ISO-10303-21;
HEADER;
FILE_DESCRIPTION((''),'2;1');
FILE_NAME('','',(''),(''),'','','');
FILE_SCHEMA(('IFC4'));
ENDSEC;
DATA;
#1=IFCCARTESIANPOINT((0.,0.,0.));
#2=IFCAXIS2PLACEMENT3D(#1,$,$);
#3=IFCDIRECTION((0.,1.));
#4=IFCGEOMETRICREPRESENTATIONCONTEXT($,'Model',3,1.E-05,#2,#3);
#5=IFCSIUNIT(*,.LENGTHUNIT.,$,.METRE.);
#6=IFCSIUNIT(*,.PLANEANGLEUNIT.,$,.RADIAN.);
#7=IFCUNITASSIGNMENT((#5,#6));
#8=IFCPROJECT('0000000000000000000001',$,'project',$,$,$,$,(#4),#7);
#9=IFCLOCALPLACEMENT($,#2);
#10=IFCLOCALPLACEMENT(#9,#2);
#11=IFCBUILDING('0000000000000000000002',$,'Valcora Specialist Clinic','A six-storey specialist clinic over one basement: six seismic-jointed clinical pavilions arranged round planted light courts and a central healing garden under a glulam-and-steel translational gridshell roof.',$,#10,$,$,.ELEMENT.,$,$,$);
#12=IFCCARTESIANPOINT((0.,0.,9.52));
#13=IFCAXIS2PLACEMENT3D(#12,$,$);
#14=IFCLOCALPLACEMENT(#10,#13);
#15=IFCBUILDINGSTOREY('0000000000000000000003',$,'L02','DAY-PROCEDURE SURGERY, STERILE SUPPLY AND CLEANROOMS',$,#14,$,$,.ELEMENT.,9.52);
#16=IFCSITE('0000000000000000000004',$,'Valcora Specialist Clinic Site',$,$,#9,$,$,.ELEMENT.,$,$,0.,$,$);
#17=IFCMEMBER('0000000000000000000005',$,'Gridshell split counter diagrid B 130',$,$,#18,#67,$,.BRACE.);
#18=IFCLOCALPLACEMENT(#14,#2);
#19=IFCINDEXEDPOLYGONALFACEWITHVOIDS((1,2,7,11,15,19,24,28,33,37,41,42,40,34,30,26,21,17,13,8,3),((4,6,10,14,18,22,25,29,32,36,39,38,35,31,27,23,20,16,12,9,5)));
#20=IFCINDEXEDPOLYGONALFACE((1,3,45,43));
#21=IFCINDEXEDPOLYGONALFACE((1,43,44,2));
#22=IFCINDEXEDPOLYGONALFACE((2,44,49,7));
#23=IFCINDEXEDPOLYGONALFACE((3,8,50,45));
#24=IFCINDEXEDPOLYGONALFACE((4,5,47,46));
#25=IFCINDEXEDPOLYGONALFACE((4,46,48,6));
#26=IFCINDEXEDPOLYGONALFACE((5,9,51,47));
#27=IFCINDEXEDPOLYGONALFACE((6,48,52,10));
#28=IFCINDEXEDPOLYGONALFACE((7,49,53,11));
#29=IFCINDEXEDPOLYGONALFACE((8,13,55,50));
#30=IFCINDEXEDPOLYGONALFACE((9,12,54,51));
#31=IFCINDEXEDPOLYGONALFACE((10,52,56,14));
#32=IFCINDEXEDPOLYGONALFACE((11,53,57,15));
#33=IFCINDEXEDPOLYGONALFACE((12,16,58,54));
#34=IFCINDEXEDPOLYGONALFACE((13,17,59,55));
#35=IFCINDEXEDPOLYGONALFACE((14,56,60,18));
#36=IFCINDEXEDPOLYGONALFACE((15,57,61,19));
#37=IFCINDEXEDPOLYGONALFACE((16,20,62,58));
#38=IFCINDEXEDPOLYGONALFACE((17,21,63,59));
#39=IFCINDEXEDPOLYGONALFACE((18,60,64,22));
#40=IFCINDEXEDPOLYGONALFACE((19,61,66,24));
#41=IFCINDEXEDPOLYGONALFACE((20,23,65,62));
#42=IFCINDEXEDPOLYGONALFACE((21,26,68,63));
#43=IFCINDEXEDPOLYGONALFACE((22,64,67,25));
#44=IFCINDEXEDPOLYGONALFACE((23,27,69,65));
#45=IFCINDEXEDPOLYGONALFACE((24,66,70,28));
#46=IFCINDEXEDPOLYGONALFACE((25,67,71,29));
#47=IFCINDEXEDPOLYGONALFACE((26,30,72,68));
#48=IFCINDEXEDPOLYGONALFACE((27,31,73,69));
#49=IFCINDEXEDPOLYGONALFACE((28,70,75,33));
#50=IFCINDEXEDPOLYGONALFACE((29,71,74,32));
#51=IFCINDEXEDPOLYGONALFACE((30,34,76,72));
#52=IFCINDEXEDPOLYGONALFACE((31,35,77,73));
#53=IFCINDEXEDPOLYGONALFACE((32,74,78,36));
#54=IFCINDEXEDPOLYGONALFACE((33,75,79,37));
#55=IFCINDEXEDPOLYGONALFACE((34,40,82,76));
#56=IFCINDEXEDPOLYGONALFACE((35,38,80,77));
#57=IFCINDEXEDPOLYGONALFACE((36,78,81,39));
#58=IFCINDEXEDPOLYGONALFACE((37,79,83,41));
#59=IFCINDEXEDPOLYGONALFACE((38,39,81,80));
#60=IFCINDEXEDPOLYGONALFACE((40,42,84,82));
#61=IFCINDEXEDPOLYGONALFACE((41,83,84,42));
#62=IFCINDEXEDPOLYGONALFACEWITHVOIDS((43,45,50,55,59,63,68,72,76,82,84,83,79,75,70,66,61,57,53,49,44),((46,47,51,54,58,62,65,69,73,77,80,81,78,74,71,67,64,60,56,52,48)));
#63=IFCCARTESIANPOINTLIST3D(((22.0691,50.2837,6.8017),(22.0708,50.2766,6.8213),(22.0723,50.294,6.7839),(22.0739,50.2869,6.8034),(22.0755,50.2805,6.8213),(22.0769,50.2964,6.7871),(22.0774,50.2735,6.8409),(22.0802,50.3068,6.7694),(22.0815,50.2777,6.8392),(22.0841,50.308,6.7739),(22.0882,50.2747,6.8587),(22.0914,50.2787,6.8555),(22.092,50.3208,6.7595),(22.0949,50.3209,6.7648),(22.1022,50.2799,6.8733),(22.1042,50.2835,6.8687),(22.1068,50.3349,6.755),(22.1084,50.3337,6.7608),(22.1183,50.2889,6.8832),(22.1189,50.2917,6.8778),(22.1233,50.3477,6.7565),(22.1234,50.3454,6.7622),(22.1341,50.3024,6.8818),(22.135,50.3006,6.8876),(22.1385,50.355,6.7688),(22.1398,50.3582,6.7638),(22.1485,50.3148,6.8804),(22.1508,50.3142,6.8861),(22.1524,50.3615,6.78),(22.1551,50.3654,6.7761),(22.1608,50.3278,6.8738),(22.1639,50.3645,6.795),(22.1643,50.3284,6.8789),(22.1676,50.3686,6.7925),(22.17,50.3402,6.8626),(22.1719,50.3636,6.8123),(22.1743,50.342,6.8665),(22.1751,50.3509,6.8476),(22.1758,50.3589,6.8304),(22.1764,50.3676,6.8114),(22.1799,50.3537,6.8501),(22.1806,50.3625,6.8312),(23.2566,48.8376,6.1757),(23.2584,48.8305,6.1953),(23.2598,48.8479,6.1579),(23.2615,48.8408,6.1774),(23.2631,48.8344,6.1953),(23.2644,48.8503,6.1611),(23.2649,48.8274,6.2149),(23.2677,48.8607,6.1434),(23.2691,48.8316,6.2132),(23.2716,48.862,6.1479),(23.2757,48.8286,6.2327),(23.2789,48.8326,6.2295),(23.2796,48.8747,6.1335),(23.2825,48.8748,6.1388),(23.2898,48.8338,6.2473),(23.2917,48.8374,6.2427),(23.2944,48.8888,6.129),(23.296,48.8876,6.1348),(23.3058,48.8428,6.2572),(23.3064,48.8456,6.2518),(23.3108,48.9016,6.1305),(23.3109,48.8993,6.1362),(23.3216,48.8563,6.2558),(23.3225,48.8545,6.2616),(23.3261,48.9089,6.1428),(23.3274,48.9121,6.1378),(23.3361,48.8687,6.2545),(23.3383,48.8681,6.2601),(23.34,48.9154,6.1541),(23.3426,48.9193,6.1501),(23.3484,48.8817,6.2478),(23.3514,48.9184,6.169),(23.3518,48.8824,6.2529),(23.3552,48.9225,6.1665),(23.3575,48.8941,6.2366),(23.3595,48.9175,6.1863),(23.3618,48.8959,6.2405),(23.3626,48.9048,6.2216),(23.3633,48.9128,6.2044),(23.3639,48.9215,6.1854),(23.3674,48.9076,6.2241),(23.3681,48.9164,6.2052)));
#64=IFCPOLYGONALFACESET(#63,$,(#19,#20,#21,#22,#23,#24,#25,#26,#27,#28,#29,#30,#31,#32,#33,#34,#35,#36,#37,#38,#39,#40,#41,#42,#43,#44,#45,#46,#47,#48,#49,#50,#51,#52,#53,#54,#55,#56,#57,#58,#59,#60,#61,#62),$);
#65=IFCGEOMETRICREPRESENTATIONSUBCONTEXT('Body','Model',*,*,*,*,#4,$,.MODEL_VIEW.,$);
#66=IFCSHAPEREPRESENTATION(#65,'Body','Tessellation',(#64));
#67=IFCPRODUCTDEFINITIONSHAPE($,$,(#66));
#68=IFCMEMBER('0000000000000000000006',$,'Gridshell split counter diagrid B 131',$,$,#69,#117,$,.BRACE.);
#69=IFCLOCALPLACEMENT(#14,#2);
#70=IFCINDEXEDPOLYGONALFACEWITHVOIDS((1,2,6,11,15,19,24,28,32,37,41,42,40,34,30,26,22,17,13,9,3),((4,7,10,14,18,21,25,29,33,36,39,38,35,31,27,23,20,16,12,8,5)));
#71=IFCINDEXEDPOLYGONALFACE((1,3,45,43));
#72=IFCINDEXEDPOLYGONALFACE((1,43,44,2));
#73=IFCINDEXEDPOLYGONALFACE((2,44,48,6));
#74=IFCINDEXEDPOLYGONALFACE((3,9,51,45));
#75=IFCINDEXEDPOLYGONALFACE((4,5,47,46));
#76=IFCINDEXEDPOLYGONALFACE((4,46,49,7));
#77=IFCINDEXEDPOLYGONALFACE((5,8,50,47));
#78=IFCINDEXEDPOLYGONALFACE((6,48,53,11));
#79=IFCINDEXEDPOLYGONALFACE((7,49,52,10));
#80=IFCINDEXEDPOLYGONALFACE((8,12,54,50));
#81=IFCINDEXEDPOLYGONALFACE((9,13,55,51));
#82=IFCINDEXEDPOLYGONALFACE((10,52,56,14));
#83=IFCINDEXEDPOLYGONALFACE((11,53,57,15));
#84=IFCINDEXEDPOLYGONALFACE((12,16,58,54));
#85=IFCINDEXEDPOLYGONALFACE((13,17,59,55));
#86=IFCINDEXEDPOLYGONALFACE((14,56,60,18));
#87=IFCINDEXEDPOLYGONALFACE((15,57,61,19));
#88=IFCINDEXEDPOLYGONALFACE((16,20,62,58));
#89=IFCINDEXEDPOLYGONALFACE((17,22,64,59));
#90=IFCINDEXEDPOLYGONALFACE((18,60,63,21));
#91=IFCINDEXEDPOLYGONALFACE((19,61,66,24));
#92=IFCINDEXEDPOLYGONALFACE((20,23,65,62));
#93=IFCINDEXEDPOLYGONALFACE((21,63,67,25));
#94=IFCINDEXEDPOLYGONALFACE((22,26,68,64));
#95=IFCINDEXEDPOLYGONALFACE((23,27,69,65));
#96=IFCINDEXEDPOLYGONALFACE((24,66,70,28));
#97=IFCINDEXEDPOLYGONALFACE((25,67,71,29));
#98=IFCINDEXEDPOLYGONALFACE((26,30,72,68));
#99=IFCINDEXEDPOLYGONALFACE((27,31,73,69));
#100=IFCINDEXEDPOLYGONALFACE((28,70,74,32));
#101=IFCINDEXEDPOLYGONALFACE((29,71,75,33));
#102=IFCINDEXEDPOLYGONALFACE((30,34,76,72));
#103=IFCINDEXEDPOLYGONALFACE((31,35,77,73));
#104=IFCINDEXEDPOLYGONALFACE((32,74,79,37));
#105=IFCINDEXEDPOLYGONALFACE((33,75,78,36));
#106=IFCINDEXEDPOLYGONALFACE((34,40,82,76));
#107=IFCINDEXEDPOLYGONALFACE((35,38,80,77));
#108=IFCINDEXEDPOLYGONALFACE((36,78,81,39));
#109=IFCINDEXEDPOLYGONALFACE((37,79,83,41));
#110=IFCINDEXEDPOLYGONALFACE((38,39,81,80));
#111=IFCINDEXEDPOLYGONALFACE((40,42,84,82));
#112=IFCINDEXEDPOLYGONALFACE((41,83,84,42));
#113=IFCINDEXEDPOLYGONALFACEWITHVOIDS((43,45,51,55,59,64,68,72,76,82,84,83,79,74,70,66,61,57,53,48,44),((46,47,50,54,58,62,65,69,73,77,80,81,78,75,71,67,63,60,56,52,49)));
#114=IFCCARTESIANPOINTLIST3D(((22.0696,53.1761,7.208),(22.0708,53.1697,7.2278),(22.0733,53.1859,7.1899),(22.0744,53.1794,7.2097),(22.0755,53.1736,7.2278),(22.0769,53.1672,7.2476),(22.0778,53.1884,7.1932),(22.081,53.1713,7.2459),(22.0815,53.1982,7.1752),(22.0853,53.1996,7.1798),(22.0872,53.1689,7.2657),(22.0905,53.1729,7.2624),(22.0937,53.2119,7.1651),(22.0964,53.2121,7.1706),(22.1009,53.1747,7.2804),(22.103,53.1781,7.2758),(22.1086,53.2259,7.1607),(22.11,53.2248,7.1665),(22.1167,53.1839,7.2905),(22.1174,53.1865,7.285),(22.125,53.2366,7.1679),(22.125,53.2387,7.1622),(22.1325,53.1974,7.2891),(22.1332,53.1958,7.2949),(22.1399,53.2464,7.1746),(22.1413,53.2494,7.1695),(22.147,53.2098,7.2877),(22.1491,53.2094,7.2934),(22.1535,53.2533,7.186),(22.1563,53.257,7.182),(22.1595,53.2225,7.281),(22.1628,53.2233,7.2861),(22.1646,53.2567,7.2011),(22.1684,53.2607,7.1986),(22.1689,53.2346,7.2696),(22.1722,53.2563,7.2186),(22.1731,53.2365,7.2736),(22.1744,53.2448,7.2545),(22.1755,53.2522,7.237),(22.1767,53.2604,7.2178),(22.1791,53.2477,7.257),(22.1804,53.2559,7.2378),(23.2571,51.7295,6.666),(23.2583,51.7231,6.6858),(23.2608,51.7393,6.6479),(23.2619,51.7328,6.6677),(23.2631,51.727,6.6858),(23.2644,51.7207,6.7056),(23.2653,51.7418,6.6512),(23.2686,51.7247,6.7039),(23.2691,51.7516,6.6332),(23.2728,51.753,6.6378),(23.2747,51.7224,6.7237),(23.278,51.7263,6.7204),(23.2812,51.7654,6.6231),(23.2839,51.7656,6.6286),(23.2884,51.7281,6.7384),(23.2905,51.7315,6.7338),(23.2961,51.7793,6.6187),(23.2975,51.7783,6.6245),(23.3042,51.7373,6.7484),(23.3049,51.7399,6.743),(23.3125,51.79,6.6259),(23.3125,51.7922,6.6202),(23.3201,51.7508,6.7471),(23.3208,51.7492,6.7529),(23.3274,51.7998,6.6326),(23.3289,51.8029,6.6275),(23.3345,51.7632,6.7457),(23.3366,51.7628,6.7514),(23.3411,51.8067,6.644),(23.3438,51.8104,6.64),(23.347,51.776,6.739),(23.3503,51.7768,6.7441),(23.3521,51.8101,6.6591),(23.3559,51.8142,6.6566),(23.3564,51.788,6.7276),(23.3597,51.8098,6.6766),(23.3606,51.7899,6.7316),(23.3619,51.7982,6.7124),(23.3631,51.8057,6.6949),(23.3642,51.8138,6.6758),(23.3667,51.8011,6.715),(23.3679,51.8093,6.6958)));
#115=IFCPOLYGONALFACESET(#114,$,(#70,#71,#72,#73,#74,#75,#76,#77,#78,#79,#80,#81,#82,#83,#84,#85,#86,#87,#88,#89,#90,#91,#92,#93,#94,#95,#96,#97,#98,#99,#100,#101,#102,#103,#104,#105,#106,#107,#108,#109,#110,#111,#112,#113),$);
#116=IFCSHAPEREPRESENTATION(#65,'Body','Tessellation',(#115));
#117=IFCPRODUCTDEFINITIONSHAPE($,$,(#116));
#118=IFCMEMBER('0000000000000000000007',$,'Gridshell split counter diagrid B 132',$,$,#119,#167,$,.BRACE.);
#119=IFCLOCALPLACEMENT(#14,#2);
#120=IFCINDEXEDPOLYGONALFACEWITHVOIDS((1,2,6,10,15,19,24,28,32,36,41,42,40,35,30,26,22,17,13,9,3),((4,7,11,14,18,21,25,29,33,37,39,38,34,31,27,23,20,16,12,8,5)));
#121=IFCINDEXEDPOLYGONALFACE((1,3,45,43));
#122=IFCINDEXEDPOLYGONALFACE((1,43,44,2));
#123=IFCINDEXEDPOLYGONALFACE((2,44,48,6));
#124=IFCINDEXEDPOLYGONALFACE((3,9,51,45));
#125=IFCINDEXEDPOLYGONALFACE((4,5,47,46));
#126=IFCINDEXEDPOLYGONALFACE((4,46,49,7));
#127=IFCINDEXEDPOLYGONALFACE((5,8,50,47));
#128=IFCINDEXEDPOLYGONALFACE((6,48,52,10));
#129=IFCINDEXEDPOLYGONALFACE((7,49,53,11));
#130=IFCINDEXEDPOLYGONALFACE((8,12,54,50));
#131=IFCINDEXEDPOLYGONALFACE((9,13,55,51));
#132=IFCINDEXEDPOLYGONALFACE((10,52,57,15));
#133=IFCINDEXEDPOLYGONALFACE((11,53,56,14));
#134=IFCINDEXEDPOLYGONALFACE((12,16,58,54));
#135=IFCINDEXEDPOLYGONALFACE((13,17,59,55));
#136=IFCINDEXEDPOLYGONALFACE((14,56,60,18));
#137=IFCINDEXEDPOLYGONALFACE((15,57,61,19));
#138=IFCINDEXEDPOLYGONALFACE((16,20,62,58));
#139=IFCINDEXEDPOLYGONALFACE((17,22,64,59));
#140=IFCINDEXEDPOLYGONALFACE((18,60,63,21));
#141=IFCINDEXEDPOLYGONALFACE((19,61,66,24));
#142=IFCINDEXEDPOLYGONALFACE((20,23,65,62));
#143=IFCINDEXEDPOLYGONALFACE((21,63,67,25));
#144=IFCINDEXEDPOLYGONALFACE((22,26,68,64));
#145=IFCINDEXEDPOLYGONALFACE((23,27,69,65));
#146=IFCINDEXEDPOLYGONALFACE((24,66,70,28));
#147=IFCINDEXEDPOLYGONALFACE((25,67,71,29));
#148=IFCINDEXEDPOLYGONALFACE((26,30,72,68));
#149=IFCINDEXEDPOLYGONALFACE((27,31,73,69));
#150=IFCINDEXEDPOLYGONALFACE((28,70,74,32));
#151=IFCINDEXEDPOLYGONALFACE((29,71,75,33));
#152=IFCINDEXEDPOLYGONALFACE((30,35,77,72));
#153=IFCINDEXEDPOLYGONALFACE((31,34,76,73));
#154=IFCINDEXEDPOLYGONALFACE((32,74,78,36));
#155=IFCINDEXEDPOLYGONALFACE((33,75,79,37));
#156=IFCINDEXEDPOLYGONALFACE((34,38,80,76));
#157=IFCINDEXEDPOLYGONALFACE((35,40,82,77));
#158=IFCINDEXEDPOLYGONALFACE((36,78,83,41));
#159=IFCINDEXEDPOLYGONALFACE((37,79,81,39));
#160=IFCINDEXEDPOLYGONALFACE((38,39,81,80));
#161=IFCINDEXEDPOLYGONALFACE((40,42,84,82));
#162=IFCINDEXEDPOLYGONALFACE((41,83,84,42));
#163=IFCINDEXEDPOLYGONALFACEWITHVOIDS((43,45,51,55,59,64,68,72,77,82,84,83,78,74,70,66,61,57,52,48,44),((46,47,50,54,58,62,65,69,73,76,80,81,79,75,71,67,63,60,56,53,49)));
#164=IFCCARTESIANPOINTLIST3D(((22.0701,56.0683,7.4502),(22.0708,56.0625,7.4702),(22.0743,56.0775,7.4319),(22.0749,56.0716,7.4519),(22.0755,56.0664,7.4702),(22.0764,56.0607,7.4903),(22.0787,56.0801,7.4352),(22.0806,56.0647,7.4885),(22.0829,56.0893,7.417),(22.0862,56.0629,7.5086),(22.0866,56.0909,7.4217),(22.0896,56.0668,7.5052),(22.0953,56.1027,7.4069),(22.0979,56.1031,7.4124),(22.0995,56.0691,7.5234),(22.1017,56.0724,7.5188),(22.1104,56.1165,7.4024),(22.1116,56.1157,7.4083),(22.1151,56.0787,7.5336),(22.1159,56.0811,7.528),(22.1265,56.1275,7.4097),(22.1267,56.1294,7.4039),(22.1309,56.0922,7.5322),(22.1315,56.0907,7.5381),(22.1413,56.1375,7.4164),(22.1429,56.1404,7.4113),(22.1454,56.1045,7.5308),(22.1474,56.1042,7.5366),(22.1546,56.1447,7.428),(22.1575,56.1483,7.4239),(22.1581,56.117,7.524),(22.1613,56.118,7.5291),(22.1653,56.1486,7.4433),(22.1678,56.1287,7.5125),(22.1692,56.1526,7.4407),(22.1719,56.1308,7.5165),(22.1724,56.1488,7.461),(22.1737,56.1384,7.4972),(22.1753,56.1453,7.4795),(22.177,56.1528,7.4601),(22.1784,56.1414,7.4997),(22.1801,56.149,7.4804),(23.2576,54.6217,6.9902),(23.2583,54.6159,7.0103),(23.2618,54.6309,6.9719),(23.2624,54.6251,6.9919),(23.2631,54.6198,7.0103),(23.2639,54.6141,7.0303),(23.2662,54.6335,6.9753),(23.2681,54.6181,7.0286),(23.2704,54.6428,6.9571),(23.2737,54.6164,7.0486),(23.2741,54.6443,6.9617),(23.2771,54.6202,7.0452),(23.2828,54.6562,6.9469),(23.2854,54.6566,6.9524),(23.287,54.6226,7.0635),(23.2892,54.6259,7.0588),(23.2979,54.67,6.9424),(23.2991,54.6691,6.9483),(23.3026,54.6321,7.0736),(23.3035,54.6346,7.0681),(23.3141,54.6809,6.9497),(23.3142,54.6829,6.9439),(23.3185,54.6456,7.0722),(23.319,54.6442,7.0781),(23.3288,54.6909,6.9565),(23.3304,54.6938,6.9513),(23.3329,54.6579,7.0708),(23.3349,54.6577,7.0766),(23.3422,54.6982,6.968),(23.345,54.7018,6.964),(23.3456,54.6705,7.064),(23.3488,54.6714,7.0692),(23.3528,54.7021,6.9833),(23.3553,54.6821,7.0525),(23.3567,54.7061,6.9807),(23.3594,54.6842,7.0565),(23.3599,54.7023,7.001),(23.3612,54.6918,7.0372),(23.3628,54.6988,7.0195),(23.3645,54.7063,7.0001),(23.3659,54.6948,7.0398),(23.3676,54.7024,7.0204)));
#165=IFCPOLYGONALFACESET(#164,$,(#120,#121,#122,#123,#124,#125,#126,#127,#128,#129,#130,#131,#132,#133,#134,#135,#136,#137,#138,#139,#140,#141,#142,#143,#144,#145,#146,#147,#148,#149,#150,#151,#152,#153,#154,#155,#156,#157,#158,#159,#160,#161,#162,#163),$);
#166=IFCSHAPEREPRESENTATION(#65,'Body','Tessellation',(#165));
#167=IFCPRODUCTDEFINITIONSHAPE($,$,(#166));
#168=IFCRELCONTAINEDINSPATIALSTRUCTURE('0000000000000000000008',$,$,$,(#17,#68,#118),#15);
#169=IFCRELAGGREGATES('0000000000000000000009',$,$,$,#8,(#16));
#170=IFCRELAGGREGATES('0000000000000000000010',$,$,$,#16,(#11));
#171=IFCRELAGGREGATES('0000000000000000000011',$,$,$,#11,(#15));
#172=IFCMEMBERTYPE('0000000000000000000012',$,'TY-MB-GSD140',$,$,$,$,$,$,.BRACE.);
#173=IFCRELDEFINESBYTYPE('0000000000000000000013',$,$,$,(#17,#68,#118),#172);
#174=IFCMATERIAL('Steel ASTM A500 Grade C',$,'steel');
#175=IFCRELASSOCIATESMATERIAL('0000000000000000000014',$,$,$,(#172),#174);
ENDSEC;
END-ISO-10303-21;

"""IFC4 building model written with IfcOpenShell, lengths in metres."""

from ifc_helpers import new_model, si_unit, direction, frame, origin, origin_2d, place, context, subcontext, project, spatial, hollow_circle, extrude, material, material_profile, profile_set, type_object, element, save


model = new_model("IFC4")

# Units and contexts
model_context = context("Model", 3, precision=1e-05, world=origin(), true_north=direction((0.0, 1.0)))
body_context = subcontext(model_context, "Body", "Model", "MODEL_VIEW")
ifc_project = project(units=[si_unit("LENGTHUNIT", "METRE"), si_unit("PLANEANGLEUNIT", "RADIAN")], contexts=[model_context])

# Site, building, storey
site_placement = place(None, origin())
site = spatial("IfcSite", under=ifc_project, at=site_placement, Name="Valcora Specialist Clinic Site", CompositionType="ELEMENT", RefElevation=0.0)
building_placement = place(site_placement, origin())
building = spatial("IfcBuilding", under=site, at=building_placement, Name="Valcora Specialist Clinic", Description="A six-storey specialist clinic over one basement: six seismic-jointed clinical pavilions arranged round planted light courts and a central healing garden under a glulam-and-steel translational gridshell roof.", CompositionType="ELEMENT")
storey_placement = place(building_placement, frame((0.0, 0.0, 9.52)))
storey = spatial("IfcBuildingStorey", under=building, at=storey_placement, Name="L02", Description="DAY-PROCEDURE SURGERY, STERILE SUPPLY AND CLEANROOMS", CompositionType="ELEMENT", Elevation=9.52)

# Members
ifc_material_1 = material(Name="Steel ASTM A500 Grade C", Category="steel")
ifc_material_profile_1 = material_profile(ifc_material_1, hollow_circle(Radius=0.0701, WallThickness=0.0061, at=origin_2d()), Name="ST-CHS-140X6")
ifc_profile_set_1 = profile_set([ifc_material_profile_1], Name="Steel ASTM A500 Grade C")
member_type_1 = type_object("IfcMemberType", Name="TY-MB-GSD140", PredefinedType="BRACE", material=ifc_profile_set_1)
member_1_placement = place(storey_placement, frame((23.3125, 48.875, 6.1953), z_axis=(-0.601851, 0.732887, 0.317258), x_axis=(-0.772811, -0.634636, 0.0)))
element("IfcMember", 1, at=member_1_placement, inside=storey, type_object=member_type_1, Name="Gridshell split counter diagrid B 130", PredefinedType="BRACE", context=body_context, shape_type="SweptSolid", body=[
    extrude(hollow_circle(Radius=0.0701, WallThickness=0.0061, at=origin_2d()), origin(), (0.0, 0.0, 1.0), 1.9731),
])
member_2_placement = place(storey_placement, frame((23.3125, 51.7676, 6.6858), z_axis=(-0.609466, 0.742411, 0.278169), x_axis=(-0.772916, -0.634508, 0.0)))
element("IfcMember", 2, at=member_2_placement, inside=storey, type_object=member_type_1, Name="Gridshell split counter diagrid B 131", PredefinedType="BRACE", context=body_context, shape_type="SweptSolid", body=[
    extrude(hollow_circle(Radius=0.0701, WallThickness=0.0061, at=origin_2d()), origin(), (0.0, 0.0, 1.0), 1.9485),
])
member_3_placement = place(storey_placement, frame((23.3125, 54.6604, 7.0103), z_axis=(-0.616172, 0.75058, 0.238665), x_axis=(-0.772916, -0.634508, 0.0)))
element("IfcMember", 3, at=member_3_placement, inside=storey, type_object=member_type_1, Name="Gridshell split counter diagrid B 132", PredefinedType="BRACE", context=body_context, shape_type="SweptSolid", body=[
    extrude(hollow_circle(Radius=0.0701, WallThickness=0.0061, at=origin_2d()), origin(), (0.0, 0.0, 1.0), 1.9272),
])

save(model, "model.ifc")
